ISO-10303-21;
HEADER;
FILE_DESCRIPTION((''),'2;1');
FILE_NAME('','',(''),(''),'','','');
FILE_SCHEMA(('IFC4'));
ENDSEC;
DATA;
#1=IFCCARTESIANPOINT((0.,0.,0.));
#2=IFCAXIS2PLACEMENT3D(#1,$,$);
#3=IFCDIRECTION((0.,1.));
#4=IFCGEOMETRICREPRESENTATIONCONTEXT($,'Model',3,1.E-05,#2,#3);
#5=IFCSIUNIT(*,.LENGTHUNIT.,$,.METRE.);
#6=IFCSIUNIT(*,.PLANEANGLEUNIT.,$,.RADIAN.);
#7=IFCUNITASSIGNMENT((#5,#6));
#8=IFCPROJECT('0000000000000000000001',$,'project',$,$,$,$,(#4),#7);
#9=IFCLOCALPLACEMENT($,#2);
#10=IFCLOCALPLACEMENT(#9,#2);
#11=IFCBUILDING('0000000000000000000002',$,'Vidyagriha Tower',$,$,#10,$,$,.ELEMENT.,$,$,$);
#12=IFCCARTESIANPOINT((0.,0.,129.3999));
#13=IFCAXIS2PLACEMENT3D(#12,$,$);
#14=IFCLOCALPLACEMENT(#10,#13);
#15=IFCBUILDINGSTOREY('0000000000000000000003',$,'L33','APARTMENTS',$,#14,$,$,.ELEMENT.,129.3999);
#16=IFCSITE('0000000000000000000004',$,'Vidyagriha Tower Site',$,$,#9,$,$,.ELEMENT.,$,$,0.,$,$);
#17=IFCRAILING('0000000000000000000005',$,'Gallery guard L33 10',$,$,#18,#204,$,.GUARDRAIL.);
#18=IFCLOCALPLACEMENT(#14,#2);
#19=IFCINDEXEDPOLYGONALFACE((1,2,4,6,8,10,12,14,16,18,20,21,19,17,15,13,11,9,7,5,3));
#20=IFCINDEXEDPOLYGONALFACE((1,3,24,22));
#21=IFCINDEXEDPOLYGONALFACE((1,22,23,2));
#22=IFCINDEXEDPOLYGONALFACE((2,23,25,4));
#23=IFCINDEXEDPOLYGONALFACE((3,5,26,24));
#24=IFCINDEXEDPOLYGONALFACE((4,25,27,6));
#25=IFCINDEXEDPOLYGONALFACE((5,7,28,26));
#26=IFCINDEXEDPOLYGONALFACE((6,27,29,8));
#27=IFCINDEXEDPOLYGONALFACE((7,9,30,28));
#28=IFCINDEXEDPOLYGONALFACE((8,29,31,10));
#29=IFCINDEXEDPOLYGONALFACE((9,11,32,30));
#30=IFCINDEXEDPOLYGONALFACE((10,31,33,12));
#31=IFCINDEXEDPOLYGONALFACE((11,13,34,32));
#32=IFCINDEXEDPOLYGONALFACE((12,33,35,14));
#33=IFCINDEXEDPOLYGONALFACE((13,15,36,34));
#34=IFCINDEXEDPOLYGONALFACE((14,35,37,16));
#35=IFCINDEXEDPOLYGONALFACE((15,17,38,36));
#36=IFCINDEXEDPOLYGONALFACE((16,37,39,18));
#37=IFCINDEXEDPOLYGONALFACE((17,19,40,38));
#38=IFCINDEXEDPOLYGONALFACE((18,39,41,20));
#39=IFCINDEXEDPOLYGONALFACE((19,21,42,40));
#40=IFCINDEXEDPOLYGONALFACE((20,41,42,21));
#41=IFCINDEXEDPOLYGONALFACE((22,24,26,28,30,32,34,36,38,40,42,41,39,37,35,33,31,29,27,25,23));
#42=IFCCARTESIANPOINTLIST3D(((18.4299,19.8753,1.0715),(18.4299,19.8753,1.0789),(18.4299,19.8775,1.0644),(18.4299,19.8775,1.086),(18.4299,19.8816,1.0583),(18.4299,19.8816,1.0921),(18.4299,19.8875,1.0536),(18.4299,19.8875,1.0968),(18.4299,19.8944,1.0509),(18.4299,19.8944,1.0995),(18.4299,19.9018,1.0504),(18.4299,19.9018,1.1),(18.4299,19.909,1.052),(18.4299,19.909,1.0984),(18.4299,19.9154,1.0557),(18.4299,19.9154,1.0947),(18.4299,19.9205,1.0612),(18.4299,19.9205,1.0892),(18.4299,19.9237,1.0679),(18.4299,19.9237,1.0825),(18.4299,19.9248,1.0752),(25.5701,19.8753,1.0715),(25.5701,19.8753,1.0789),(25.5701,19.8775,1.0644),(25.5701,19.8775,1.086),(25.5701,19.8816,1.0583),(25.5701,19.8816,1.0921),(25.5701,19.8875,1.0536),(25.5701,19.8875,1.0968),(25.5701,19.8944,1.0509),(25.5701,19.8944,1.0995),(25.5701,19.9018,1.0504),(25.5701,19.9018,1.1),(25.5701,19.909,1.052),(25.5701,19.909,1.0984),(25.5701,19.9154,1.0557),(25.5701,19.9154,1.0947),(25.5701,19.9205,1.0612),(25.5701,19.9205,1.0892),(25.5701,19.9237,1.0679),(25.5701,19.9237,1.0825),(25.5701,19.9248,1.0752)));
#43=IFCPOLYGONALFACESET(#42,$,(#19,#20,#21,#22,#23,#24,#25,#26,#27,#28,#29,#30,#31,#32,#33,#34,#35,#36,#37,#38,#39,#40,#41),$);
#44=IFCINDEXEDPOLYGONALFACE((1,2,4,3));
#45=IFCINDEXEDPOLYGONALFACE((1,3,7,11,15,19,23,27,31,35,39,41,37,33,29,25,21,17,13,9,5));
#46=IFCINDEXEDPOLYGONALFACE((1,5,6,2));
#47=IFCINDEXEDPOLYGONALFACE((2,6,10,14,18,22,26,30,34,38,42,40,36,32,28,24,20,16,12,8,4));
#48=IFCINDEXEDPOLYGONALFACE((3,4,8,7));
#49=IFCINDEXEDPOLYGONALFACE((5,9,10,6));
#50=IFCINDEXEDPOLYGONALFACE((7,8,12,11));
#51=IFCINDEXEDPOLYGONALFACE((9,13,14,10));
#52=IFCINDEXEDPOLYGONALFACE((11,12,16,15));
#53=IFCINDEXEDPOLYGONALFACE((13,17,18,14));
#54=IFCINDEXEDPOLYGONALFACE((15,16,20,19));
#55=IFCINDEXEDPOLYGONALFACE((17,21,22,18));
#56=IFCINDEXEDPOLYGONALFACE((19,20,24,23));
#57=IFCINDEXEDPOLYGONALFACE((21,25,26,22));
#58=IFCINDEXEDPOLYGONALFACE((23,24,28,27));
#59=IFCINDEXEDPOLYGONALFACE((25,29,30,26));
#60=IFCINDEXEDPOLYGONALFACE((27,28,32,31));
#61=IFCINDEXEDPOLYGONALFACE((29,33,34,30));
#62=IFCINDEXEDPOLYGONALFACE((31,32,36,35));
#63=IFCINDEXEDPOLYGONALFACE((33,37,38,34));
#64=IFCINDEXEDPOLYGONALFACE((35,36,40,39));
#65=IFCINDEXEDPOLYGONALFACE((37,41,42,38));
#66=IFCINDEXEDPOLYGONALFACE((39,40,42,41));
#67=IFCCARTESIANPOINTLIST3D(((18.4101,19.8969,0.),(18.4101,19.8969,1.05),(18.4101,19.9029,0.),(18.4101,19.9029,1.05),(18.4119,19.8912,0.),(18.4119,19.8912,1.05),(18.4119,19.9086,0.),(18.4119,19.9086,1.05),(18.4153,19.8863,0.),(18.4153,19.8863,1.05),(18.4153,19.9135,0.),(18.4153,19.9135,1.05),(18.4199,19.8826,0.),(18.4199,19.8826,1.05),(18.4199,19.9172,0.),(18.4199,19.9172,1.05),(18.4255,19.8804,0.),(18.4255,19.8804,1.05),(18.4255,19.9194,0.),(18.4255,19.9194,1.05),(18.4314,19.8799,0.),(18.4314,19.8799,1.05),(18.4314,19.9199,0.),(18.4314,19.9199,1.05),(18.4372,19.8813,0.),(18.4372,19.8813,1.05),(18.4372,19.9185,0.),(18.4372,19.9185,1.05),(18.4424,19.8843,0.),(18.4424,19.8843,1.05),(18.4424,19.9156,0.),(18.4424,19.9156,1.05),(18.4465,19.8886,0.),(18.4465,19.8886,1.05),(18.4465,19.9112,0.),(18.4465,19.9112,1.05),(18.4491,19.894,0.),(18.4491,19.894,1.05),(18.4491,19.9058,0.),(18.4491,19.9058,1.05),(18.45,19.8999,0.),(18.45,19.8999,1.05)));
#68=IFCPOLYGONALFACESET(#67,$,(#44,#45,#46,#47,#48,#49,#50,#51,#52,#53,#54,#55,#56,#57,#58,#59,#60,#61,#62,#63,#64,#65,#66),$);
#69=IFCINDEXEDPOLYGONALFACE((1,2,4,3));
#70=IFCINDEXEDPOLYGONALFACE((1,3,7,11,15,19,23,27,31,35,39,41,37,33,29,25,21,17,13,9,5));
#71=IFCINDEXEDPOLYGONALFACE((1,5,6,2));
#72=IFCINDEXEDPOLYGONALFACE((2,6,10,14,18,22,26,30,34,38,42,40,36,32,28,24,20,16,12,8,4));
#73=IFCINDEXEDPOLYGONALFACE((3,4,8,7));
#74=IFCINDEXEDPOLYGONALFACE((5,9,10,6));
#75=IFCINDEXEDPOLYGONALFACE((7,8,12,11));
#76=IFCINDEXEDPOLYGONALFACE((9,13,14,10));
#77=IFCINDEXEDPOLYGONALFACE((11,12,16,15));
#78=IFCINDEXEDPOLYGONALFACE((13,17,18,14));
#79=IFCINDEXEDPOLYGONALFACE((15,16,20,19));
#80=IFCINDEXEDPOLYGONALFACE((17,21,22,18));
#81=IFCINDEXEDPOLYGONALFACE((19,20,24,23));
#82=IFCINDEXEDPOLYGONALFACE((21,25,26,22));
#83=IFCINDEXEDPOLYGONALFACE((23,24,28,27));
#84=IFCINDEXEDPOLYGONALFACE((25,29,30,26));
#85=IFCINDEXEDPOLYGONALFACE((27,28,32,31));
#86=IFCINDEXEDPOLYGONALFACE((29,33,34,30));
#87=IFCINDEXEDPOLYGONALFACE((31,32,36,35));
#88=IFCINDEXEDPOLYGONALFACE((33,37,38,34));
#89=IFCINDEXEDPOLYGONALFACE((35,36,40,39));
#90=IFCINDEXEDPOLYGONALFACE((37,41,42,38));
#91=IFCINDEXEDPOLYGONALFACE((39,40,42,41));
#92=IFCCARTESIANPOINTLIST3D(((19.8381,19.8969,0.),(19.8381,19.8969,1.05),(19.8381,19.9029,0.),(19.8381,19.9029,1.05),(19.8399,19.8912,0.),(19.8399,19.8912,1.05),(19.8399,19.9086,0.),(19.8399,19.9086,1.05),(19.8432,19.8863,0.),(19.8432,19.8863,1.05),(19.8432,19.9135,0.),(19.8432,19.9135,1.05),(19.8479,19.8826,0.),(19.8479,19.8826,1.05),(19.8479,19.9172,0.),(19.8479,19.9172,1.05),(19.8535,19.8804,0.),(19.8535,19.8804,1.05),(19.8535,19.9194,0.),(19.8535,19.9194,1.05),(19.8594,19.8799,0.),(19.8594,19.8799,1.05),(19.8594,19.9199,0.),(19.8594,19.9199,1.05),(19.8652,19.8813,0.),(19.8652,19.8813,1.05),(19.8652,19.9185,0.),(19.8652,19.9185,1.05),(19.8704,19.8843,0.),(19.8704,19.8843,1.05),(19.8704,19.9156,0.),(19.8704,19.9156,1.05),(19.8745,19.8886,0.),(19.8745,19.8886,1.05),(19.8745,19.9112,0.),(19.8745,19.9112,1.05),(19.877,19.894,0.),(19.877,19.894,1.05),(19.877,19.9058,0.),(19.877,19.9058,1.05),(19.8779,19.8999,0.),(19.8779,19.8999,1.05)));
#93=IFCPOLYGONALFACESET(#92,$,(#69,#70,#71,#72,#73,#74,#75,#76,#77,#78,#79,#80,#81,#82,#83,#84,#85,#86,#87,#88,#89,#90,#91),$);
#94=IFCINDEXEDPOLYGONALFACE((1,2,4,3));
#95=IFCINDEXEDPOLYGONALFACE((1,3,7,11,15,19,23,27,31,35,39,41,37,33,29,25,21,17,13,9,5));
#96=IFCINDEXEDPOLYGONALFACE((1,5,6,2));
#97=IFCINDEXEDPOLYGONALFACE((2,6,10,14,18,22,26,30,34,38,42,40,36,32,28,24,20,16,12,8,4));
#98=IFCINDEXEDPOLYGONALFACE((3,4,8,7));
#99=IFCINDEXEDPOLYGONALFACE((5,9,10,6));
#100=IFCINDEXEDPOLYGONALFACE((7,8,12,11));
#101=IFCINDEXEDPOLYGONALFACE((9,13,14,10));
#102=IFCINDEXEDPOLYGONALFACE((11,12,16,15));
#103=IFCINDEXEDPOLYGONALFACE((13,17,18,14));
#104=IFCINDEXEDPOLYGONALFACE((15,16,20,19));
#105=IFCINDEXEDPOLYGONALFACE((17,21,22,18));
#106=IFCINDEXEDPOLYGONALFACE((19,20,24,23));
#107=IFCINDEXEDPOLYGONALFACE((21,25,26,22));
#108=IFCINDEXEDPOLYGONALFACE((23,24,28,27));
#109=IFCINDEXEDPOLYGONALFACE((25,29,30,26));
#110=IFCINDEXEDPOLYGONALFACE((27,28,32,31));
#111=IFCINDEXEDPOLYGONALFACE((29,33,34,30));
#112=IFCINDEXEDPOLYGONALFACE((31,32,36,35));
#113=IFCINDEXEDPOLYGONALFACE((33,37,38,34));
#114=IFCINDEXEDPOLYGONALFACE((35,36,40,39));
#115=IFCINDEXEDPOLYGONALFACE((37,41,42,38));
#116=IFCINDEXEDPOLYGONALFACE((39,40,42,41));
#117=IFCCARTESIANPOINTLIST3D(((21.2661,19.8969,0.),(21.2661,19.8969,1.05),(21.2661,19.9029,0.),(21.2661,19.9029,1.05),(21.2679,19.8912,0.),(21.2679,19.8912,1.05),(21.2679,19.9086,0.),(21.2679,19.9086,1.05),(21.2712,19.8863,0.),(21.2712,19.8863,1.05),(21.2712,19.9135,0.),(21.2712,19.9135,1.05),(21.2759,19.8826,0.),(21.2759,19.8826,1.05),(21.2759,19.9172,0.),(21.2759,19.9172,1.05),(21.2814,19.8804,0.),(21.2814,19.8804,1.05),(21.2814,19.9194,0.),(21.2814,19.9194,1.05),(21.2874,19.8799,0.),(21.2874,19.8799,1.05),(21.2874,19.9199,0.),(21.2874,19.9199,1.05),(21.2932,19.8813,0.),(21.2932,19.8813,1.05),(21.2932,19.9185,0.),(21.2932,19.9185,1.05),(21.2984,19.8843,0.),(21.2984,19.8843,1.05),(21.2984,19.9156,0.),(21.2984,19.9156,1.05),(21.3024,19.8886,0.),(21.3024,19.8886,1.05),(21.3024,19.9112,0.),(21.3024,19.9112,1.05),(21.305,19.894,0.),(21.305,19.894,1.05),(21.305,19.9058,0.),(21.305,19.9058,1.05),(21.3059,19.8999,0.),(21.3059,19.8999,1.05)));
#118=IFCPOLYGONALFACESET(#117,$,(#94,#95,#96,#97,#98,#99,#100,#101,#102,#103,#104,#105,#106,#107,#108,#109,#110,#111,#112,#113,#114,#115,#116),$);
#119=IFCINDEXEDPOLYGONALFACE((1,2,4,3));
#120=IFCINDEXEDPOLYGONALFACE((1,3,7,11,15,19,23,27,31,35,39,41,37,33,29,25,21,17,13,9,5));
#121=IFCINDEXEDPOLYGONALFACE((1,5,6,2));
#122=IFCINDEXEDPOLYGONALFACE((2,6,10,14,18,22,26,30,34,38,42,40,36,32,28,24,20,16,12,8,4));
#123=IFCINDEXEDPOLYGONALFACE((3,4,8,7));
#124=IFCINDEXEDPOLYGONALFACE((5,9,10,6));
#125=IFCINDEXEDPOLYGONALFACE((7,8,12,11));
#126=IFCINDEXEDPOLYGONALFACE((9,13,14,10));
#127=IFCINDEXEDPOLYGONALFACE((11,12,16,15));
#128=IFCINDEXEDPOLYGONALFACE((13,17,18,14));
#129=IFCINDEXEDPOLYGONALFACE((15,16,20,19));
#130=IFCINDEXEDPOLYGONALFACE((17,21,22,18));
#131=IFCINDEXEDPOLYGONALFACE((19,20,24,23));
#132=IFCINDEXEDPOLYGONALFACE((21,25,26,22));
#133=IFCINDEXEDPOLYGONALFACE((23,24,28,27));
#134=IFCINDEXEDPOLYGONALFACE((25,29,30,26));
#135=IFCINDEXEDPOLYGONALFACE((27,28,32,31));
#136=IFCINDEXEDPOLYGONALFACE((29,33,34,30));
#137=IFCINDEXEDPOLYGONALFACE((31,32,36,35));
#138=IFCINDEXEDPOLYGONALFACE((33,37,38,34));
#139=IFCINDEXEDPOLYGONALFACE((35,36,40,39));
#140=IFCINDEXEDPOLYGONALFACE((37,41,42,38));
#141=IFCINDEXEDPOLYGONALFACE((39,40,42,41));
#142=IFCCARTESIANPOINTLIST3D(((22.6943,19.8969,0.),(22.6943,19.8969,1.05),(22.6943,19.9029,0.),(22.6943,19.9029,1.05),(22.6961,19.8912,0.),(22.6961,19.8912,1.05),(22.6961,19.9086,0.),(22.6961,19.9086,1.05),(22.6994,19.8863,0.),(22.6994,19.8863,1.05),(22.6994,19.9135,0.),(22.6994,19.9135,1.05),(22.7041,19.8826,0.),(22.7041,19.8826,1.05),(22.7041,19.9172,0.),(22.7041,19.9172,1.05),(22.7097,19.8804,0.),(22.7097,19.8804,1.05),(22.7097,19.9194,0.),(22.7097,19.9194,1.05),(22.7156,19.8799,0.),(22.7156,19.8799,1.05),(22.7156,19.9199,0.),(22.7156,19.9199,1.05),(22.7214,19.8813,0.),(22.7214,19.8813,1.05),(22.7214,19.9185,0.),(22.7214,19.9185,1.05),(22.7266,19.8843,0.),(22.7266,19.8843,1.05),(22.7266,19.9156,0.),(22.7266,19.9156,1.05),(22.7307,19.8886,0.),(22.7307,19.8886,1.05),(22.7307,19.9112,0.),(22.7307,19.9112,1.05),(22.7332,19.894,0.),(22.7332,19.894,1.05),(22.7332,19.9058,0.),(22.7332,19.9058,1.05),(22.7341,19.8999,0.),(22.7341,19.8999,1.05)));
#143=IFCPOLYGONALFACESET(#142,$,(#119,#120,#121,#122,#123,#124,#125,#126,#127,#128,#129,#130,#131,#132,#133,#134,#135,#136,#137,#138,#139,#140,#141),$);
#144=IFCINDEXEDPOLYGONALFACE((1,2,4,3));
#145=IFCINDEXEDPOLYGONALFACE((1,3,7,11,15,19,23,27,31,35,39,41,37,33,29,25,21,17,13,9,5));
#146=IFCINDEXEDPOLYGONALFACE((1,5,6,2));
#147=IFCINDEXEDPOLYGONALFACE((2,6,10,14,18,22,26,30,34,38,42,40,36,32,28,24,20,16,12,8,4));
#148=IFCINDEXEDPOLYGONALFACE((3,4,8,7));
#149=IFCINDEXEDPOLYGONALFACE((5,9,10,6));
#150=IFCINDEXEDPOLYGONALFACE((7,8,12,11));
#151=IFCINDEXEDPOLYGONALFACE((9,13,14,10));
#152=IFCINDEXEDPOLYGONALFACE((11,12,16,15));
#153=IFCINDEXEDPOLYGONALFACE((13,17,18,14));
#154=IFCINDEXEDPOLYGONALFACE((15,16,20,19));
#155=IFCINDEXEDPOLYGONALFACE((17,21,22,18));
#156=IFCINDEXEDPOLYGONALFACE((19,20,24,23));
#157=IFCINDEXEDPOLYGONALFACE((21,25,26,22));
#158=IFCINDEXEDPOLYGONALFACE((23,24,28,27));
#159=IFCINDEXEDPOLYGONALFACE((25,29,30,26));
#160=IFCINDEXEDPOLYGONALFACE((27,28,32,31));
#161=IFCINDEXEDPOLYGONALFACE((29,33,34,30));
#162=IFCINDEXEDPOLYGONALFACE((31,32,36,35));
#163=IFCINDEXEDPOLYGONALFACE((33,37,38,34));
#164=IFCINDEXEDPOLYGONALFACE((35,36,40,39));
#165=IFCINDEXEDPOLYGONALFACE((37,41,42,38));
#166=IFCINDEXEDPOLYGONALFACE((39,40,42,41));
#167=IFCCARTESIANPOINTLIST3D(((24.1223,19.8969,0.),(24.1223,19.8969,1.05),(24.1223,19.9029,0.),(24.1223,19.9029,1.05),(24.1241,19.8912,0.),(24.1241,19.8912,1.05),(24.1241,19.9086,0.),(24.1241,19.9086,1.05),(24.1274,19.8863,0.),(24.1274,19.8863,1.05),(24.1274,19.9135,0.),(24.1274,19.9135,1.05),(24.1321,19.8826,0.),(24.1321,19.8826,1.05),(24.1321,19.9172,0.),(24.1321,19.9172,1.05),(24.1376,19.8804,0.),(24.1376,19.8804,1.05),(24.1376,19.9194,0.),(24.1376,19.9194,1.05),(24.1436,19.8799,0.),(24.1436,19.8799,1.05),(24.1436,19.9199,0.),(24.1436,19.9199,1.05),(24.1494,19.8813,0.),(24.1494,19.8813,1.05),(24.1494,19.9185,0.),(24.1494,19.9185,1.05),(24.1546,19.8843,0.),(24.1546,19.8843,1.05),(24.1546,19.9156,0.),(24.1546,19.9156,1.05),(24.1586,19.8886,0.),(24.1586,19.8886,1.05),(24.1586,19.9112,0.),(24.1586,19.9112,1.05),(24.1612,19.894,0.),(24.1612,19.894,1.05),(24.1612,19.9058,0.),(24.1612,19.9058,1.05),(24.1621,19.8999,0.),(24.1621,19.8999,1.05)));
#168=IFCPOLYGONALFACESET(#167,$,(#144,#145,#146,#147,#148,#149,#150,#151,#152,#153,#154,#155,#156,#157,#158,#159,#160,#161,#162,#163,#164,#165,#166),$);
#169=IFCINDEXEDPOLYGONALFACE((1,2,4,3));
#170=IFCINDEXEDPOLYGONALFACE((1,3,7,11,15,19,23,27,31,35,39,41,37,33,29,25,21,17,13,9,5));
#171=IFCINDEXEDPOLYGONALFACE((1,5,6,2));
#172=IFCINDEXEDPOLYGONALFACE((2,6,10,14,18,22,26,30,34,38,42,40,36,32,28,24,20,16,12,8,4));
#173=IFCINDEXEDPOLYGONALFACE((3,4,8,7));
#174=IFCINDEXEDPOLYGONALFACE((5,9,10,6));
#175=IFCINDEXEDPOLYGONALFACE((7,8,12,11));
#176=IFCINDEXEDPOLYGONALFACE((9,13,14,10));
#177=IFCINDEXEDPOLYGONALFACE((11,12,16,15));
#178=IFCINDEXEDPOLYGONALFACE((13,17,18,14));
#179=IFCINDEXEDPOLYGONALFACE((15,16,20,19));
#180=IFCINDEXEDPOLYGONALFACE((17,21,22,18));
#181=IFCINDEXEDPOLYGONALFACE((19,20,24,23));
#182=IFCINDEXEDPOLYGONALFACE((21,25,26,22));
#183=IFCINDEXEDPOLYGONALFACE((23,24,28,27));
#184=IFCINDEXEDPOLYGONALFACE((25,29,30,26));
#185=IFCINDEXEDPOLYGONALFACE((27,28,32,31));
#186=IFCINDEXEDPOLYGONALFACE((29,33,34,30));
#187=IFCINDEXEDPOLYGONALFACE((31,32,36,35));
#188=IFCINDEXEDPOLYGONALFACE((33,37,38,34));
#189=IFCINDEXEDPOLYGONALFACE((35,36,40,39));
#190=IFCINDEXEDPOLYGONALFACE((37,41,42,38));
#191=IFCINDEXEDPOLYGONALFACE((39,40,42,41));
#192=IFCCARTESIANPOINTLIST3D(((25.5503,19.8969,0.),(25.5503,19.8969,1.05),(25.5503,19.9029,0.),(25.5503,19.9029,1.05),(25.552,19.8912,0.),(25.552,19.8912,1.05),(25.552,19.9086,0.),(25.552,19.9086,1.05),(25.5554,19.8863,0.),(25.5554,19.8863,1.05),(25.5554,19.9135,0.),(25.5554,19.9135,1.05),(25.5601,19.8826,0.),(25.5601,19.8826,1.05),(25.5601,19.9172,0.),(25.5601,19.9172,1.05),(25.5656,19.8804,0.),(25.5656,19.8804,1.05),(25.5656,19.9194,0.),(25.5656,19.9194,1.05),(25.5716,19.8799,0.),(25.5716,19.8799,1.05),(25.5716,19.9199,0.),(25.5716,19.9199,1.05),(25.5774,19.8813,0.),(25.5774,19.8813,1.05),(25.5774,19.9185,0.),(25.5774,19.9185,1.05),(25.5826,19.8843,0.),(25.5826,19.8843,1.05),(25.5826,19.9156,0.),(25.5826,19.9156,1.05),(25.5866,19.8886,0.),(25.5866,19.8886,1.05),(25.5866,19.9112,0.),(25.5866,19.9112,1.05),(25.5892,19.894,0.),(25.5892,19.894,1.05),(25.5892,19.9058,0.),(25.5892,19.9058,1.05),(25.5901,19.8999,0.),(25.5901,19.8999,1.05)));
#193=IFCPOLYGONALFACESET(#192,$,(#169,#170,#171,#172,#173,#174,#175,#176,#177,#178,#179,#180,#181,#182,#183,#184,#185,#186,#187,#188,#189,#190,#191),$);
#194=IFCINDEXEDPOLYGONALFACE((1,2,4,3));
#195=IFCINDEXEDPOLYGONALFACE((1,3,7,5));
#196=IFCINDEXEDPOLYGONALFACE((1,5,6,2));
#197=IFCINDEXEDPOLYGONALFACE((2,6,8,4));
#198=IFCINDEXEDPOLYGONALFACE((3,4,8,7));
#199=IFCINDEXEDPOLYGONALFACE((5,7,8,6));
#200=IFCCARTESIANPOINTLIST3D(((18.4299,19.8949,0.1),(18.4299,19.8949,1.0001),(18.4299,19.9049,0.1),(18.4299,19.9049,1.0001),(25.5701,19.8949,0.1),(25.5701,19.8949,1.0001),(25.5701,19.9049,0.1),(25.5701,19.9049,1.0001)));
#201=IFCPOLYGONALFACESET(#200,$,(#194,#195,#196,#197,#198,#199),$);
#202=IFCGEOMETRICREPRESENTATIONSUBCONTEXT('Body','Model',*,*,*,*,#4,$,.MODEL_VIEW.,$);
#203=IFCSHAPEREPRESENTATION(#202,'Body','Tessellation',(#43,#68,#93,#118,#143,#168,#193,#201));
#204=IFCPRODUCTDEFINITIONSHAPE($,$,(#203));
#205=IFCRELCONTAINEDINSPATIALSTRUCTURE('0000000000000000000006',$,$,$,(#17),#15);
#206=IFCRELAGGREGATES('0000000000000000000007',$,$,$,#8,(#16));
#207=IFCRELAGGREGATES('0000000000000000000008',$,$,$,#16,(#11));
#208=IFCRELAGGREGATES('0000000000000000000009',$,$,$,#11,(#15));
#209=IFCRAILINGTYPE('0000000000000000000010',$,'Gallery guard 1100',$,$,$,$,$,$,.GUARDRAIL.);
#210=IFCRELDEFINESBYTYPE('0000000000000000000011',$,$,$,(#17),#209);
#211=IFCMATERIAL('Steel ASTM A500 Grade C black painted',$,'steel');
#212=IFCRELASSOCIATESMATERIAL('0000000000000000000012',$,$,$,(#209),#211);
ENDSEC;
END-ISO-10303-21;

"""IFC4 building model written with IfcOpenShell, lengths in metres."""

from ifc_helpers import new_model, si_unit, direction, frame, origin, origin_2d, place, context, subcontext, project, spatial, rectangle, circle, extrude, material, type_object, element, save


model = new_model("IFC4")

# Units and contexts
model_context = context("Model", 3, precision=1e-05, world=origin(), true_north=direction((0.0, 1.0)))
body_context = subcontext(model_context, "Body", "Model", "MODEL_VIEW")
ifc_project = project(units=[si_unit("LENGTHUNIT", "METRE"), si_unit("PLANEANGLEUNIT", "RADIAN")], contexts=[model_context])

# Site, building, storey
site_placement = place(None, origin())
site = spatial("IfcSite", under=ifc_project, at=site_placement, Name="Vidyagriha Tower Site", CompositionType="ELEMENT", RefElevation=0.0)
building_placement = place(site_placement, origin())
building = spatial("IfcBuilding", under=site, at=building_placement, Name="Vidyagriha Tower", CompositionType="ELEMENT")
storey_placement = place(building_placement, frame((0.0, 0.0, 129.3999)))
storey = spatial("IfcBuildingStorey", under=building, at=storey_placement, Name="L33", Description="APARTMENTS", CompositionType="ELEMENT", Elevation=129.3999)

# Railing
ifc_material_1 = material(Name="Steel ASTM A500 Grade C black painted", Category="steel")
railing_type = type_object("IfcRailingType", Name="Gallery guard 1100", PredefinedType="GUARDRAIL", material=ifc_material_1)
railing_1_placement = place(storey_placement, frame((18.4299, 19.8999, 0.0)))
element("IfcRailing", 1, at=railing_1_placement, inside=storey, type_object=railing_type, Name="Gallery guard L33 10", PredefinedType="GUARDRAIL", context=body_context, shape_type="SweptSolid", body=[
    extrude(circle(Radius=0.0249, at=origin_2d()), frame((0.0, 0.0, 1.0752), z_axis=(1.0, 0.0, 0.0), x_axis=(0.0, 1.0, 0.0)), (0.0, 0.0, 1.0), 7.1401),
    extrude(circle(Radius=0.02, at=origin_2d()), origin(), (0.0, 0.0, 1.0), 1.05),
    extrude(circle(Radius=0.02, at=origin_2d()), frame((1.428, 0.0, 0.0)), (0.0, 0.0, 1.0), 1.05),
    extrude(circle(Radius=0.02, at=origin_2d()), frame((2.856, 0.0, 0.0)), (0.0, 0.0, 1.0), 1.05),
    extrude(circle(Radius=0.02, at=origin_2d()), frame((4.2842, 0.0, 0.0)), (0.0, 0.0, 1.0), 1.05),
    extrude(circle(Radius=0.02, at=origin_2d()), frame((5.7122, 0.0, 0.0)), (0.0, 0.0, 1.0), 1.05),
    extrude(circle(Radius=0.02, at=origin_2d()), frame((7.1401, 0.0, 0.0)), (0.0, 0.0, 1.0), 1.05),
    extrude(rectangle(XDim=0.01, YDim=0.9001, at=origin_2d()), frame((0.0, 0.0, 0.55), z_axis=(1.0, 0.0, 0.0), x_axis=(0.0, 1.0, 0.0)), (0.0, 0.0, 1.0), 7.1401),
])

save(model, "model.ifc")
